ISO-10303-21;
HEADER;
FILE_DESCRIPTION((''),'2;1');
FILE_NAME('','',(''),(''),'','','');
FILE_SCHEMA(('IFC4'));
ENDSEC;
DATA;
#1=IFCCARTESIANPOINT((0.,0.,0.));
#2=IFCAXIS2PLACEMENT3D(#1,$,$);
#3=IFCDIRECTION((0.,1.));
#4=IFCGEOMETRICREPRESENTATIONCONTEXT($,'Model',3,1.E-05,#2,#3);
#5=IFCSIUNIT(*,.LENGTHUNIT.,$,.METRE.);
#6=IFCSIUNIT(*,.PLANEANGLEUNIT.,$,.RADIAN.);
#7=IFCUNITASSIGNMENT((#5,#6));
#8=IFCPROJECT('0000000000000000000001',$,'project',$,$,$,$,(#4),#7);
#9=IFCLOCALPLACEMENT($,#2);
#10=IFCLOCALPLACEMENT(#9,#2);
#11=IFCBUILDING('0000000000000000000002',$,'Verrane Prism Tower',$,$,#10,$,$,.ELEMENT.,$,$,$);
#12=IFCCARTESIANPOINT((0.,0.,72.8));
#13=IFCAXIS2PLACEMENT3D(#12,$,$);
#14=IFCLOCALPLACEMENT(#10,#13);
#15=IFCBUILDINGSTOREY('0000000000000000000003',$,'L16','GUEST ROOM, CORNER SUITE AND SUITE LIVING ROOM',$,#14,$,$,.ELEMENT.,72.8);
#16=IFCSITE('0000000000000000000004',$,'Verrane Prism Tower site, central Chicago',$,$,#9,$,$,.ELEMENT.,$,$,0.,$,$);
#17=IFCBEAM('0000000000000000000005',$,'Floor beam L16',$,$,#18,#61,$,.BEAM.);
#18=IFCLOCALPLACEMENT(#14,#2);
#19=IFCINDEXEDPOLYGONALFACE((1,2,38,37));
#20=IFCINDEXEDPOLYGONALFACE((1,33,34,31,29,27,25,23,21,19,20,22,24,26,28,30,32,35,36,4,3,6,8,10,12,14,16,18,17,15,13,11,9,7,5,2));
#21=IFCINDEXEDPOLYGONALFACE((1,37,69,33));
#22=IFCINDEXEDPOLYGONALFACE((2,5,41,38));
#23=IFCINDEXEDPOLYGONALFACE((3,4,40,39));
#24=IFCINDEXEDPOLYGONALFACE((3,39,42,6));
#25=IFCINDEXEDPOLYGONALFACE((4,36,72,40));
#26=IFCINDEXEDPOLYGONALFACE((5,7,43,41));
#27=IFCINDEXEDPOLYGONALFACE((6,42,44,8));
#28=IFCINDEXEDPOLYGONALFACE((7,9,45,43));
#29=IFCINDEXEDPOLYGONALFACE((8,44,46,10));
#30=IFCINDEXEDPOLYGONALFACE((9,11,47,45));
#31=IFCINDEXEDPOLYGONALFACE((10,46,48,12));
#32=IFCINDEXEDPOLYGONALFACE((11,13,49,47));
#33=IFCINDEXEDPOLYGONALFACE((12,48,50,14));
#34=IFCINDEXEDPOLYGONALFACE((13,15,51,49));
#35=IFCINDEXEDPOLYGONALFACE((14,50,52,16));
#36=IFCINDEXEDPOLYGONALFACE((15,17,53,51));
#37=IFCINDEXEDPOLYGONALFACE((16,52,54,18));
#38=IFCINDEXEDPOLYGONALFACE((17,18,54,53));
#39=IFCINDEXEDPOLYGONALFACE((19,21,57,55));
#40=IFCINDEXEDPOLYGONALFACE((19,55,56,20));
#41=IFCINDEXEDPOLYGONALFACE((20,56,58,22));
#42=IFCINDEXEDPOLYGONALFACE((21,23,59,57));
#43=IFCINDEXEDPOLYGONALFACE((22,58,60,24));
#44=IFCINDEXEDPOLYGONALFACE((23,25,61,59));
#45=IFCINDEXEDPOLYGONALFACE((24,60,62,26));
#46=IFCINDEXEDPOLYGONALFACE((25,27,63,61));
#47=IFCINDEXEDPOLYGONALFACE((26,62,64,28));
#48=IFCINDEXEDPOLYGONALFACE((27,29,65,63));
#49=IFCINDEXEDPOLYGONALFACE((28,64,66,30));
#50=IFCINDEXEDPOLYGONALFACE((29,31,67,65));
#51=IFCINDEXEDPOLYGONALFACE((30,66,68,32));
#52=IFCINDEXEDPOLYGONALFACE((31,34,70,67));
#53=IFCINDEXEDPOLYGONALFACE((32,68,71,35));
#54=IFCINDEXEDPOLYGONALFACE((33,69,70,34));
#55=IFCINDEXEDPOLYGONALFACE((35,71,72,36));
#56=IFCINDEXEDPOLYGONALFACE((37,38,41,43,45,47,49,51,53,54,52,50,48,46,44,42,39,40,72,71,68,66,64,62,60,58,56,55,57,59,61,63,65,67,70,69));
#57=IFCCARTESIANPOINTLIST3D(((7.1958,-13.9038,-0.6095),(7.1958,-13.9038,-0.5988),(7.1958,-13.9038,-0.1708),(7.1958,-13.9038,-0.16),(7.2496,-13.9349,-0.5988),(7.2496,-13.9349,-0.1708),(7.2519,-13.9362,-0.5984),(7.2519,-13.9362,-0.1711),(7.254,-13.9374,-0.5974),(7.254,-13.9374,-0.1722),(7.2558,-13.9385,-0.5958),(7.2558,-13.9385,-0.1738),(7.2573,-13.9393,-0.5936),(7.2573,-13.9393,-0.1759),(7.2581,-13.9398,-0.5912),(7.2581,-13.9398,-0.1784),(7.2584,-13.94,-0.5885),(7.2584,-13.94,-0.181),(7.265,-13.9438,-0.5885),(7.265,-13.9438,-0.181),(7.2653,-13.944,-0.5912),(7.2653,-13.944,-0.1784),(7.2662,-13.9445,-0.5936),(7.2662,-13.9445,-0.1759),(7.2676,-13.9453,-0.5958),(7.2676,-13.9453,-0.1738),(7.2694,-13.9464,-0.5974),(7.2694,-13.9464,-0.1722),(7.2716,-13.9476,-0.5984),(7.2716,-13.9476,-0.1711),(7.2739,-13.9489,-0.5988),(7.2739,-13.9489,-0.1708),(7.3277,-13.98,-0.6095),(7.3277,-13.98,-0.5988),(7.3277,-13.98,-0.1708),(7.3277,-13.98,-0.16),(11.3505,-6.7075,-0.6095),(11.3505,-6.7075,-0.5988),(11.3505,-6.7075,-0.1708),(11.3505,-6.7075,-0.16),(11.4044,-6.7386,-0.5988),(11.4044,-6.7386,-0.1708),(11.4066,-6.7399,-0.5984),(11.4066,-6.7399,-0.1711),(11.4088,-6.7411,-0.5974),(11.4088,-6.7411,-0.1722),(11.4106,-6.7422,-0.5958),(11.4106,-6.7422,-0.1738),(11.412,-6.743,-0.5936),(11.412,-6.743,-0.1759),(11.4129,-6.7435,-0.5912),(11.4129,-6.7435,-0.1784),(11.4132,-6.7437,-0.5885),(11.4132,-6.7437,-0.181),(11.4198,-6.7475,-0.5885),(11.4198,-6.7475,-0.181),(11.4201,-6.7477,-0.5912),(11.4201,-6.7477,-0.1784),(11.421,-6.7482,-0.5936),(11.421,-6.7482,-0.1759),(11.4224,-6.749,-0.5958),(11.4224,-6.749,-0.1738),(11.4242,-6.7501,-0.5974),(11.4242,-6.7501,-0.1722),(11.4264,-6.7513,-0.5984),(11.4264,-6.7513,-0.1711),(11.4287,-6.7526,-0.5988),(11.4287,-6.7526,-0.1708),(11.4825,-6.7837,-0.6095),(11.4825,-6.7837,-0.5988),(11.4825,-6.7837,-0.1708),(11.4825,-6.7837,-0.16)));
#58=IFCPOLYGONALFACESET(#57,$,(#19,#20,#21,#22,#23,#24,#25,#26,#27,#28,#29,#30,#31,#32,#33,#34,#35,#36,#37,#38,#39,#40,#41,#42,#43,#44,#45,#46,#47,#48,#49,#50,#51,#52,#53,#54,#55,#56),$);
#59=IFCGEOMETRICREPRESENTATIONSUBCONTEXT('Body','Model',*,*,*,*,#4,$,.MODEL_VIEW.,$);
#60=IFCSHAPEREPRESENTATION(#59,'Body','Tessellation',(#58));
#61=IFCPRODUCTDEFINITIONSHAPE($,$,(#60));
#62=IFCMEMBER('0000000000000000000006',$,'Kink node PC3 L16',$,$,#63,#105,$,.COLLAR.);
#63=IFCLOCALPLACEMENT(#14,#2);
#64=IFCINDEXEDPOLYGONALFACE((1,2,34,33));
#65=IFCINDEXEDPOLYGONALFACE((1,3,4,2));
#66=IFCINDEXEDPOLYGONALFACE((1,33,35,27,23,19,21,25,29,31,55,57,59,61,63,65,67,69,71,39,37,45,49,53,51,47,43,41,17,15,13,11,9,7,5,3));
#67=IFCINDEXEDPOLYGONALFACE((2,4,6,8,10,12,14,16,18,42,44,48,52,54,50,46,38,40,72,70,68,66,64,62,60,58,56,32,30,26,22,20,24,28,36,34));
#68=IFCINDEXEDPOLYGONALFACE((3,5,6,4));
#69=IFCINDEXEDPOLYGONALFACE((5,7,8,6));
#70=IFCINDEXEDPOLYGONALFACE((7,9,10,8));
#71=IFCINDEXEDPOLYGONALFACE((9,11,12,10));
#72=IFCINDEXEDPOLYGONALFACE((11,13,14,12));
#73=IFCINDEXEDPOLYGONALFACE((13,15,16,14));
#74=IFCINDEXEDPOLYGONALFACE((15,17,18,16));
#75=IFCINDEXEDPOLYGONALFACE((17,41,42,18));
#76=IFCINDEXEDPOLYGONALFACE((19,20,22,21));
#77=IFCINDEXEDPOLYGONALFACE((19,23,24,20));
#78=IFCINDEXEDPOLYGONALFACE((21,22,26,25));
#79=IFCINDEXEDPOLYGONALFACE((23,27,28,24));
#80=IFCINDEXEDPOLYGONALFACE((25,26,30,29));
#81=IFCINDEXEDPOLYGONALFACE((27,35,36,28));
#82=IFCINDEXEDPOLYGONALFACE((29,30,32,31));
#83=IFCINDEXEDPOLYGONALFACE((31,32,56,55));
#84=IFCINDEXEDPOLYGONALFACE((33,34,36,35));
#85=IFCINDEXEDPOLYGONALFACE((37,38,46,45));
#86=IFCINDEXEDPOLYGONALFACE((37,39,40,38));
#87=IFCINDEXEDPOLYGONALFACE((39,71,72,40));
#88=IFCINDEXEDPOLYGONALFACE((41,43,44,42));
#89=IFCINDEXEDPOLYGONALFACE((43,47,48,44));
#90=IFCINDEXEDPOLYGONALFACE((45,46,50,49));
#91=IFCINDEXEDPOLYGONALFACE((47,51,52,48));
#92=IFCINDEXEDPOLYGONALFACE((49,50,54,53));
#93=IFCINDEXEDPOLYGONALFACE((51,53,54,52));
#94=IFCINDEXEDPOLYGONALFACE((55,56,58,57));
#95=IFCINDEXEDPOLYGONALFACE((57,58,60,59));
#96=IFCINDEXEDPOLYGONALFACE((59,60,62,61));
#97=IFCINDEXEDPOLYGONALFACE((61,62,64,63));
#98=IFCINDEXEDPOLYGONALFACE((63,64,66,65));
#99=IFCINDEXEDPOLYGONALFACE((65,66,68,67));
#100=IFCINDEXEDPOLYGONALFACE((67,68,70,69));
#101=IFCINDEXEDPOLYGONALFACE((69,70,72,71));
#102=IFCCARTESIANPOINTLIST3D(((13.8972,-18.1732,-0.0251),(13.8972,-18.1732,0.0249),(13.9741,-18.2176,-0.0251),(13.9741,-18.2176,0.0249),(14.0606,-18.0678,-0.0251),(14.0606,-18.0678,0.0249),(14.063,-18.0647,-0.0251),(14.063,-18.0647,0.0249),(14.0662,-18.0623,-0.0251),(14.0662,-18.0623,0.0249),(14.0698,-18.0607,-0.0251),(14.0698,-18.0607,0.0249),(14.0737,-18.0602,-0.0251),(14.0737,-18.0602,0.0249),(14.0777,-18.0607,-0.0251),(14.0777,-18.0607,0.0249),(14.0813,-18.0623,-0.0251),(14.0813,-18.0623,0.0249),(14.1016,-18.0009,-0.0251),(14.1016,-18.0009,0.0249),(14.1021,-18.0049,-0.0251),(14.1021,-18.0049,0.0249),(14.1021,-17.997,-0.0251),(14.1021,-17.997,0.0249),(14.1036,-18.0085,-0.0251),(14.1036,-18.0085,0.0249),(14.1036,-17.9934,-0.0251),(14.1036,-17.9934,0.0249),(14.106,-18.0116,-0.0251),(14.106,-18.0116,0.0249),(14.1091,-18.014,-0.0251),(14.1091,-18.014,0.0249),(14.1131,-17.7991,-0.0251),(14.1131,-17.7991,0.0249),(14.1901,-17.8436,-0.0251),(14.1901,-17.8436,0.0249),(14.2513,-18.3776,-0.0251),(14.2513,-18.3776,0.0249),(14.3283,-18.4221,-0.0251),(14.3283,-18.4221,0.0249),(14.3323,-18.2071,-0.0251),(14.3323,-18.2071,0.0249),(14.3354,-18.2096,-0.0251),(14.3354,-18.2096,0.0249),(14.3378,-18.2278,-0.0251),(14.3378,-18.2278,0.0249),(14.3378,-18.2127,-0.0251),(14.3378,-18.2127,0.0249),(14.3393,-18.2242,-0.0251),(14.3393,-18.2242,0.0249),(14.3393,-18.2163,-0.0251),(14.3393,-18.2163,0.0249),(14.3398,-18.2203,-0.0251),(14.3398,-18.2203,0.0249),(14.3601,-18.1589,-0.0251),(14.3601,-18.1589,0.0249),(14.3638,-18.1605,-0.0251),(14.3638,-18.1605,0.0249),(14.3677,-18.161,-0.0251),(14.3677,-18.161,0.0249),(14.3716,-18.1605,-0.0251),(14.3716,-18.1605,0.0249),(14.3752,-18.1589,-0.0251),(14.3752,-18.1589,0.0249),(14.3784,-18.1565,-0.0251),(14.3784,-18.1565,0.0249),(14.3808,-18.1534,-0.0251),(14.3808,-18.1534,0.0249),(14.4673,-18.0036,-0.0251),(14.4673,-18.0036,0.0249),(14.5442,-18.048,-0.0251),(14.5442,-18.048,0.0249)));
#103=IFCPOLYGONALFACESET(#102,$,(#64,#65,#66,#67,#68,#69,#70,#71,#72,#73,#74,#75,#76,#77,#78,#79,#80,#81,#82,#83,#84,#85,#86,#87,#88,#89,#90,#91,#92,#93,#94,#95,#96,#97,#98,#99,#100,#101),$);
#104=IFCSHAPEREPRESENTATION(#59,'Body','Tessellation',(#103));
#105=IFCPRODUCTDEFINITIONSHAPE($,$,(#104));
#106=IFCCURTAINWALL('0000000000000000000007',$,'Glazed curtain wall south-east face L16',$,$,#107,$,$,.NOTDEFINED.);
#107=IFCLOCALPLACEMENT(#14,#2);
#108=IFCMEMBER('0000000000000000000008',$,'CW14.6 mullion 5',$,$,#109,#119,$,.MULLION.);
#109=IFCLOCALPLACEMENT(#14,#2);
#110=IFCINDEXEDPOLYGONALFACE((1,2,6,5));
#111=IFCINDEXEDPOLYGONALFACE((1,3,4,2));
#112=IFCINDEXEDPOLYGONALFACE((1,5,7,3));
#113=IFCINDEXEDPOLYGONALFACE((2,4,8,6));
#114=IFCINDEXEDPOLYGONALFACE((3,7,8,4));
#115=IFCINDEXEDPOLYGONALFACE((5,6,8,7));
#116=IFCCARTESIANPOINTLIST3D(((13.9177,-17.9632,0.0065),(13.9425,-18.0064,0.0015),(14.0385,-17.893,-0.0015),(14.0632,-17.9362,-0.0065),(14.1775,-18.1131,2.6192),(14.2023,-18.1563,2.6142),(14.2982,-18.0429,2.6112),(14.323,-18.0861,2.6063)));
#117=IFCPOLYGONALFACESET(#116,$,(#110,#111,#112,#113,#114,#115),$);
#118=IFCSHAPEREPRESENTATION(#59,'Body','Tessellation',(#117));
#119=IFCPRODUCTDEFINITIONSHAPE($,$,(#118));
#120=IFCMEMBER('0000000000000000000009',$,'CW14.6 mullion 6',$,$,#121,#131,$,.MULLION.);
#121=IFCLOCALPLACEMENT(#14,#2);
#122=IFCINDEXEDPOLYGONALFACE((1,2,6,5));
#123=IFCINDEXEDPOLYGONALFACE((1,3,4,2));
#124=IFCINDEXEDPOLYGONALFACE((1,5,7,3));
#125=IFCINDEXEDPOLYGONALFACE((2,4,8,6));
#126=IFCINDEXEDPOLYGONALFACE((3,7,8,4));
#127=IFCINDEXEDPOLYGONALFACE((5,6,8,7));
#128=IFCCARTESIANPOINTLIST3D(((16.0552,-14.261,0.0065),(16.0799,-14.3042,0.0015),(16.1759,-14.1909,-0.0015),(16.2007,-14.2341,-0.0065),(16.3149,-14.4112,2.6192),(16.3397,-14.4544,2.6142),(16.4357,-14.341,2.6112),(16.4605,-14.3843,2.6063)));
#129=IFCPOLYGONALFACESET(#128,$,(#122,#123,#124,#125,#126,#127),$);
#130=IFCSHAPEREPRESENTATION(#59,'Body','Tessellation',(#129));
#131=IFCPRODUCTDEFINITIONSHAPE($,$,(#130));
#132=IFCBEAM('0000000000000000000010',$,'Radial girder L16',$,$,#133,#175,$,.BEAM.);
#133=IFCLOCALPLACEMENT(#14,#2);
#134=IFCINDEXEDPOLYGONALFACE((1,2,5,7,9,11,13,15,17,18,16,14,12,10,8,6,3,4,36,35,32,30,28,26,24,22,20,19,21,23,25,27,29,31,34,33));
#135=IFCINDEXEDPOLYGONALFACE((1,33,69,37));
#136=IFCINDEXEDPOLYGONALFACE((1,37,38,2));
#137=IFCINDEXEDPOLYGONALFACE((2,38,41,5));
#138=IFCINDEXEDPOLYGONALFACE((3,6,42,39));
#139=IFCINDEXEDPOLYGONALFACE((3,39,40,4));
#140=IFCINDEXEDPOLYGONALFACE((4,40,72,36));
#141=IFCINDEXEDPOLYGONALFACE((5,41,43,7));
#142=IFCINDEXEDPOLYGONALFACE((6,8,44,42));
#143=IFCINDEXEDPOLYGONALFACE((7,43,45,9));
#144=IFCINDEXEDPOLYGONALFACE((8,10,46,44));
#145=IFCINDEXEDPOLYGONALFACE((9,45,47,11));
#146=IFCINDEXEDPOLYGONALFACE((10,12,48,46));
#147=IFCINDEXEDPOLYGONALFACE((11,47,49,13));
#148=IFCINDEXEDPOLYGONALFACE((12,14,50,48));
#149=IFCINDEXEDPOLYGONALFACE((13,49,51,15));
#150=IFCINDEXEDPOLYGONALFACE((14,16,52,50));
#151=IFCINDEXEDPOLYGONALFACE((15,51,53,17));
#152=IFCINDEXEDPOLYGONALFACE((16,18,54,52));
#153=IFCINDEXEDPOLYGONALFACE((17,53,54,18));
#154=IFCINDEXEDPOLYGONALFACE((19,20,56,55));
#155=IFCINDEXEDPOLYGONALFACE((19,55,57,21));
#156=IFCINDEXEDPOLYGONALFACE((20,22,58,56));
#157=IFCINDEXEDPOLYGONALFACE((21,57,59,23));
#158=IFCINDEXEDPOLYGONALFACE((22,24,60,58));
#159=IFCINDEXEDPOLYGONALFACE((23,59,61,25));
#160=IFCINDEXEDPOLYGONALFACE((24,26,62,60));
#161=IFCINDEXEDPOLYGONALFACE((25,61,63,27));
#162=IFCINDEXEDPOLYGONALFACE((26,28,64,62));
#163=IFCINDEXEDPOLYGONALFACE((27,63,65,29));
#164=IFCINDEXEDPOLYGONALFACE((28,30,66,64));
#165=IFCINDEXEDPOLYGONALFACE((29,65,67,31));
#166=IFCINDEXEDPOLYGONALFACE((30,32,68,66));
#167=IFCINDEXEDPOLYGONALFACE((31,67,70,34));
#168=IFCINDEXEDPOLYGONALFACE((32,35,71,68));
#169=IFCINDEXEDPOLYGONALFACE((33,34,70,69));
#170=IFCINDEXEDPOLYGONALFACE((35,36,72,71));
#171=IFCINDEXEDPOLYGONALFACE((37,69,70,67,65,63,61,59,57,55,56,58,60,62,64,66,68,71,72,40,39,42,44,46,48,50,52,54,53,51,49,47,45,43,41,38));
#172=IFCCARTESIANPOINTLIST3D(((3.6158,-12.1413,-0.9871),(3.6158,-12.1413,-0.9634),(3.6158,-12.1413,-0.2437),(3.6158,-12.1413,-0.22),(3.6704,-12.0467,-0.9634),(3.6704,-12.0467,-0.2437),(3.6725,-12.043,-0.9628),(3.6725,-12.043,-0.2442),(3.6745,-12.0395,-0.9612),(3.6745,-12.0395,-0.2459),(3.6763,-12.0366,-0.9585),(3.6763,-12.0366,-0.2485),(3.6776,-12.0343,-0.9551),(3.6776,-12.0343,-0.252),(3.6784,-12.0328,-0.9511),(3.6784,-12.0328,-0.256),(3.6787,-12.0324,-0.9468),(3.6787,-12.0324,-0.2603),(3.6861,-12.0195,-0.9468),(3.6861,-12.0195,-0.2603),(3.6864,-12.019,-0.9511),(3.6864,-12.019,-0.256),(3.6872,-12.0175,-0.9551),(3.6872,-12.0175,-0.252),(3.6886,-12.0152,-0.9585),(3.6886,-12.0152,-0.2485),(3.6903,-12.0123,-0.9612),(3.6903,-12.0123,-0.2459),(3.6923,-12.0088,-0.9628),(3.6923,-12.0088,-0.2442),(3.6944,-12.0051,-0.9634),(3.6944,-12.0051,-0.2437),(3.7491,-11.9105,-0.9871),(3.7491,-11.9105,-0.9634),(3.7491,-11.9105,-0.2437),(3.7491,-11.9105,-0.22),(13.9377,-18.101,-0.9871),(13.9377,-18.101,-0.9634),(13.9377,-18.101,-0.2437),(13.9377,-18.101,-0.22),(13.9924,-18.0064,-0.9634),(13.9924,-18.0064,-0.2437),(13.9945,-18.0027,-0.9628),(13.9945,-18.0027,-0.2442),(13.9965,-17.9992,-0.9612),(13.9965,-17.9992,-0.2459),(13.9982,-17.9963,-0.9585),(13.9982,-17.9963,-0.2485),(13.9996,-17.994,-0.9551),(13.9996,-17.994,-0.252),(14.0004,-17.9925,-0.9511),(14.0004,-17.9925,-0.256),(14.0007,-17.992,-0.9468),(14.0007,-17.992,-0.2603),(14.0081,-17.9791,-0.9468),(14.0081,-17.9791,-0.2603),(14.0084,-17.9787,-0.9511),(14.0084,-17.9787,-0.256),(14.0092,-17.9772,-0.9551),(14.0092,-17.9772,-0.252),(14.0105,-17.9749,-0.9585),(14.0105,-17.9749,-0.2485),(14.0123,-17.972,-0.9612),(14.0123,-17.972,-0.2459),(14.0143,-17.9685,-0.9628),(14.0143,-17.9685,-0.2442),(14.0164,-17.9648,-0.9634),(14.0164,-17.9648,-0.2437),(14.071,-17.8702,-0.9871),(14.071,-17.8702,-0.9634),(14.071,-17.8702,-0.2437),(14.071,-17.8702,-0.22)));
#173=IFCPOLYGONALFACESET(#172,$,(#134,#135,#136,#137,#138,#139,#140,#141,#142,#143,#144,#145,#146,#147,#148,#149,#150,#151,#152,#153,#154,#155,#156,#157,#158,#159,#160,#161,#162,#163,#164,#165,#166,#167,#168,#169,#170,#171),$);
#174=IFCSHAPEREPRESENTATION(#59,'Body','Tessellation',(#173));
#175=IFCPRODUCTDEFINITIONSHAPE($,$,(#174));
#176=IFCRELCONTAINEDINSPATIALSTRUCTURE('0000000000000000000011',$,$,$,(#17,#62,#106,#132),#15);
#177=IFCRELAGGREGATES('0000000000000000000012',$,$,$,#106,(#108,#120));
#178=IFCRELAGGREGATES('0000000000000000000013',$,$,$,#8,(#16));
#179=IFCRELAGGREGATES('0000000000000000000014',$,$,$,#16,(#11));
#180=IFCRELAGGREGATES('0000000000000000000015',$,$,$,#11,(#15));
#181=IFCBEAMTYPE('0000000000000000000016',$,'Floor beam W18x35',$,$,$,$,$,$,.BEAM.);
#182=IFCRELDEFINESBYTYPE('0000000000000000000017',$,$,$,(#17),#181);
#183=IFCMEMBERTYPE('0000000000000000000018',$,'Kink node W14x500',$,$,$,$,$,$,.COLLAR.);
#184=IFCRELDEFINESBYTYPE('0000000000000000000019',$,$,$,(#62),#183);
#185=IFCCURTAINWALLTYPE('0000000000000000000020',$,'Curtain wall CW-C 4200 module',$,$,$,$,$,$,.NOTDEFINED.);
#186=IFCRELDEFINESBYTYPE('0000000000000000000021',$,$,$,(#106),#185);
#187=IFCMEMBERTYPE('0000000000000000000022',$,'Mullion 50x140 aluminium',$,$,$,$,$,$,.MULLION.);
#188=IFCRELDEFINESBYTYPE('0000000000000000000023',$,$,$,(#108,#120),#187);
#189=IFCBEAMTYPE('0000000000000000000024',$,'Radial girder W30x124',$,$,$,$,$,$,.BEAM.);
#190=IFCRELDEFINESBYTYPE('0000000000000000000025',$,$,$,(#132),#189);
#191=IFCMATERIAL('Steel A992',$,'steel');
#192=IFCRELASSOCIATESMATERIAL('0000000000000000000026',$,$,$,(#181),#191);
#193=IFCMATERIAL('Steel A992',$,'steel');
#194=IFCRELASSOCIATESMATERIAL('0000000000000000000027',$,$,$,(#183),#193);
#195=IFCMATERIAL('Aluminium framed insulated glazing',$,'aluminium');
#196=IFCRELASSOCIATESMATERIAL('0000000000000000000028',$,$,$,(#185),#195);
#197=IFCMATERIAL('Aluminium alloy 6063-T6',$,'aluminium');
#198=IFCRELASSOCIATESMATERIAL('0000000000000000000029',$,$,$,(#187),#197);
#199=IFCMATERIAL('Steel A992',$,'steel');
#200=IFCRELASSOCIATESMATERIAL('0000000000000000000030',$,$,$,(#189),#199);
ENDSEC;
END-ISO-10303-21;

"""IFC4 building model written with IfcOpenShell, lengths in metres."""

from ifc_helpers import new_model, si_unit, direction, frame, origin, origin_2d, place, context, subcontext, project, spatial, rectangle, i_section, extrude, material, material_profile, profile_set, type_object, element, aggregate, save


model = new_model("IFC4")

# Units and contexts
model_context = context("Model", 3, precision=1e-05, world=origin(), true_north=direction((0.0, 1.0)))
body_context = subcontext(model_context, "Body", "Model", "MODEL_VIEW")
ifc_project = project(units=[si_unit("LENGTHUNIT", "METRE"), si_unit("PLANEANGLEUNIT", "RADIAN")], contexts=[model_context])

# Site, building, storey
site_placement = place(None, origin())
site = spatial("IfcSite", under=ifc_project, at=site_placement, Name="Verrane Prism Tower site, central Chicago", CompositionType="ELEMENT", RefElevation=0.0)
building_placement = place(site_placement, origin())
building = spatial("IfcBuilding", under=site, at=building_placement, Name="Verrane Prism Tower", CompositionType="ELEMENT")
storey_placement = place(building_placement, frame((0.0, 0.0, 72.8)))
storey = spatial("IfcBuildingStorey", under=building, at=storey_placement, Name="L16", Description="GUEST ROOM, CORNER SUITE AND SUITE LIVING ROOM", CompositionType="ELEMENT", Elevation=72.8)

# Beam
ifc_material_1 = material(Name="Steel A992", Category="steel")
ifc_material_profile_1 = material_profile(ifc_material_1, i_section(OverallWidth=0.1523, OverallDepth=0.4495, WebThickness=0.0076, FlangeThickness=0.0107, FilletRadius=0.0103, at=origin_2d()), Name="W18x35")
ifc_profile_set_1 = profile_set([ifc_material_profile_1], Name="Steel A992")
beam_type_1 = type_object("IfcBeamType", Name="Floor beam W18x35", PredefinedType="BEAM", material=ifc_profile_set_1)
beam_1_placement = place(storey_placement, frame((7.2617, -13.9419, -0.3848), z_axis=(0.500001, 0.866025, 0.0), x_axis=(-0.866025, 0.500001, 0.0)))
element("IfcBeam", 1, at=beam_1_placement, inside=storey, type_object=beam_type_1, Name="Floor beam L16", PredefinedType="BEAM", context=body_context, shape_type="SweptSolid", body=[
    extrude(i_section(OverallWidth=0.1523, OverallDepth=0.4495, WebThickness=0.0076, FlangeThickness=0.0107, FilletRadius=0.0103, at=origin_2d()), origin(), (0.0, 0.0, 1.0), 8.3096),
])

# Member
ifc_material_2 = material(Name="Steel A992", Category="steel")
ifc_material_profile_2 = material_profile(ifc_material_2, i_section(OverallWidth=0.4319, OverallDepth=0.4978, WebThickness=0.0557, FlangeThickness=0.0889, FilletRadius=0.0151, at=origin_2d()), Name="W14x500")
ifc_profile_set_2 = profile_set([ifc_material_profile_2], Name="Steel A992")
member_type_1 = type_object("IfcMemberType", Name="Kink node W14x500", PredefinedType="COLLAR", material=ifc_profile_set_2)
member_1_placement = place(storey_placement, frame((14.2207, -18.1106, -0.0251), z_axis=(0.0, 0.0, 1.0), x_axis=(-0.5, -0.866025, 0.0)))
element("IfcMember", 2, at=member_1_placement, inside=storey, type_object=member_type_1, Name="Kink node PC3 L16", PredefinedType="COLLAR", context=body_context, shape_type="SweptSolid", body=[
    extrude(i_section(OverallWidth=0.4319, OverallDepth=0.4978, WebThickness=0.0557, FlangeThickness=0.0889, FilletRadius=0.0151, at=origin_2d()), origin(), (0.0, 0.0, 1.0), 0.05),
])

# Curtain wall, members
ifc_material_3 = material(Name="Aluminium framed insulated glazing", Category="aluminium")
curtain_wall_type = type_object("IfcCurtainWallType", Name="Curtain wall CW-C 4200 module", PredefinedType="NOTDEFINED", material=ifc_material_3)
curtain_wall_placement = place(storey_placement, origin())
curtain_wall = element("IfcCurtainWall", 3, at=curtain_wall_placement, inside=storey, type_object=curtain_wall_type, Name="Glazed curtain wall south-east face L16", PredefinedType="NOTDEFINED")
ifc_material_4 = material(Name="Aluminium alloy 6063-T6", Category="aluminium")
ifc_material_profile_3 = material_profile(ifc_material_4, rectangle(XDim=0.1399, YDim=0.05, at=origin_2d()), Name="Mullion 50x140 aluminium")
ifc_profile_set_3 = profile_set([ifc_material_profile_3], Name="Aluminium alloy 6063-T6")
member_type_2 = type_object("IfcMemberType", Name="Mullion 50x140 aluminium", PredefinedType="MULLION", material=ifc_profile_set_3)
member_2_placement = place(storey_placement, frame((13.9905, -17.9497, 0.0), z_axis=(0.098772, -0.056998, 0.993476), x_axis=(-0.863094, -0.501814, 0.057019)))
member_2 = element("IfcMember", 4, at=member_2_placement, type_object=member_type_2, Name="CW14.6 mullion 5", PredefinedType="MULLION", context=body_context, shape_type="SweptSolid", body=[
    extrude(rectangle(XDim=0.1399, YDim=0.05, at=origin_2d()), origin(), (0.0, 0.0, 1.0), 2.6299),
])
member_3_placement = place(storey_placement, frame((16.1279, -14.2476, 0.0), z_axis=(0.098772, -0.057091, 0.993471), x_axis=(-0.863446, -0.501207, 0.057042)))
member_3 = element("IfcMember", 5, at=member_3_placement, type_object=member_type_2, Name="CW14.6 mullion 6", PredefinedType="MULLION", context=body_context, shape_type="SweptSolid", body=[
    extrude(rectangle(XDim=0.1399, YDim=0.05, at=origin_2d()), origin(), (0.0, 0.0, 1.0), 2.6299),
])

# Beam
ifc_material_5 = material(Name="Steel A992", Category="steel")
ifc_material_profile_4 = material_profile(ifc_material_5, i_section(OverallWidth=0.2666, OverallDepth=0.7671, WebThickness=0.0149, FlangeThickness=0.0237, FilletRadius=0.0166, at=origin_2d()), Name="W30x124")
ifc_profile_set_4 = profile_set([ifc_material_profile_4], Name="Steel A992")
beam_type_2 = type_object("IfcBeamType", Name="Radial girder W30x124", PredefinedType="BEAM", material=ifc_profile_set_4)
beam_2_placement = place(storey_placement, frame((14.0044, -17.9856, -0.6035), z_axis=(-0.866015, 0.500019, 0.0), x_axis=(-0.500019, -0.866015, 0.0)))
element("IfcBeam", 6, at=beam_2_placement, inside=storey, type_object=beam_type_2, Name="Radial girder L16", PredefinedType="BEAM", context=body_context, shape_type="SweptSolid", body=[
    extrude(i_section(OverallWidth=0.2666, OverallDepth=0.7671, WebThickness=0.0149, FlangeThickness=0.0237, FilletRadius=0.0166, at=origin_2d()), origin(), (0.0, 0.0, 1.0), 11.9189),
])

aggregate(curtain_wall, [member_2, member_3])

save(model, "model.ifc")
